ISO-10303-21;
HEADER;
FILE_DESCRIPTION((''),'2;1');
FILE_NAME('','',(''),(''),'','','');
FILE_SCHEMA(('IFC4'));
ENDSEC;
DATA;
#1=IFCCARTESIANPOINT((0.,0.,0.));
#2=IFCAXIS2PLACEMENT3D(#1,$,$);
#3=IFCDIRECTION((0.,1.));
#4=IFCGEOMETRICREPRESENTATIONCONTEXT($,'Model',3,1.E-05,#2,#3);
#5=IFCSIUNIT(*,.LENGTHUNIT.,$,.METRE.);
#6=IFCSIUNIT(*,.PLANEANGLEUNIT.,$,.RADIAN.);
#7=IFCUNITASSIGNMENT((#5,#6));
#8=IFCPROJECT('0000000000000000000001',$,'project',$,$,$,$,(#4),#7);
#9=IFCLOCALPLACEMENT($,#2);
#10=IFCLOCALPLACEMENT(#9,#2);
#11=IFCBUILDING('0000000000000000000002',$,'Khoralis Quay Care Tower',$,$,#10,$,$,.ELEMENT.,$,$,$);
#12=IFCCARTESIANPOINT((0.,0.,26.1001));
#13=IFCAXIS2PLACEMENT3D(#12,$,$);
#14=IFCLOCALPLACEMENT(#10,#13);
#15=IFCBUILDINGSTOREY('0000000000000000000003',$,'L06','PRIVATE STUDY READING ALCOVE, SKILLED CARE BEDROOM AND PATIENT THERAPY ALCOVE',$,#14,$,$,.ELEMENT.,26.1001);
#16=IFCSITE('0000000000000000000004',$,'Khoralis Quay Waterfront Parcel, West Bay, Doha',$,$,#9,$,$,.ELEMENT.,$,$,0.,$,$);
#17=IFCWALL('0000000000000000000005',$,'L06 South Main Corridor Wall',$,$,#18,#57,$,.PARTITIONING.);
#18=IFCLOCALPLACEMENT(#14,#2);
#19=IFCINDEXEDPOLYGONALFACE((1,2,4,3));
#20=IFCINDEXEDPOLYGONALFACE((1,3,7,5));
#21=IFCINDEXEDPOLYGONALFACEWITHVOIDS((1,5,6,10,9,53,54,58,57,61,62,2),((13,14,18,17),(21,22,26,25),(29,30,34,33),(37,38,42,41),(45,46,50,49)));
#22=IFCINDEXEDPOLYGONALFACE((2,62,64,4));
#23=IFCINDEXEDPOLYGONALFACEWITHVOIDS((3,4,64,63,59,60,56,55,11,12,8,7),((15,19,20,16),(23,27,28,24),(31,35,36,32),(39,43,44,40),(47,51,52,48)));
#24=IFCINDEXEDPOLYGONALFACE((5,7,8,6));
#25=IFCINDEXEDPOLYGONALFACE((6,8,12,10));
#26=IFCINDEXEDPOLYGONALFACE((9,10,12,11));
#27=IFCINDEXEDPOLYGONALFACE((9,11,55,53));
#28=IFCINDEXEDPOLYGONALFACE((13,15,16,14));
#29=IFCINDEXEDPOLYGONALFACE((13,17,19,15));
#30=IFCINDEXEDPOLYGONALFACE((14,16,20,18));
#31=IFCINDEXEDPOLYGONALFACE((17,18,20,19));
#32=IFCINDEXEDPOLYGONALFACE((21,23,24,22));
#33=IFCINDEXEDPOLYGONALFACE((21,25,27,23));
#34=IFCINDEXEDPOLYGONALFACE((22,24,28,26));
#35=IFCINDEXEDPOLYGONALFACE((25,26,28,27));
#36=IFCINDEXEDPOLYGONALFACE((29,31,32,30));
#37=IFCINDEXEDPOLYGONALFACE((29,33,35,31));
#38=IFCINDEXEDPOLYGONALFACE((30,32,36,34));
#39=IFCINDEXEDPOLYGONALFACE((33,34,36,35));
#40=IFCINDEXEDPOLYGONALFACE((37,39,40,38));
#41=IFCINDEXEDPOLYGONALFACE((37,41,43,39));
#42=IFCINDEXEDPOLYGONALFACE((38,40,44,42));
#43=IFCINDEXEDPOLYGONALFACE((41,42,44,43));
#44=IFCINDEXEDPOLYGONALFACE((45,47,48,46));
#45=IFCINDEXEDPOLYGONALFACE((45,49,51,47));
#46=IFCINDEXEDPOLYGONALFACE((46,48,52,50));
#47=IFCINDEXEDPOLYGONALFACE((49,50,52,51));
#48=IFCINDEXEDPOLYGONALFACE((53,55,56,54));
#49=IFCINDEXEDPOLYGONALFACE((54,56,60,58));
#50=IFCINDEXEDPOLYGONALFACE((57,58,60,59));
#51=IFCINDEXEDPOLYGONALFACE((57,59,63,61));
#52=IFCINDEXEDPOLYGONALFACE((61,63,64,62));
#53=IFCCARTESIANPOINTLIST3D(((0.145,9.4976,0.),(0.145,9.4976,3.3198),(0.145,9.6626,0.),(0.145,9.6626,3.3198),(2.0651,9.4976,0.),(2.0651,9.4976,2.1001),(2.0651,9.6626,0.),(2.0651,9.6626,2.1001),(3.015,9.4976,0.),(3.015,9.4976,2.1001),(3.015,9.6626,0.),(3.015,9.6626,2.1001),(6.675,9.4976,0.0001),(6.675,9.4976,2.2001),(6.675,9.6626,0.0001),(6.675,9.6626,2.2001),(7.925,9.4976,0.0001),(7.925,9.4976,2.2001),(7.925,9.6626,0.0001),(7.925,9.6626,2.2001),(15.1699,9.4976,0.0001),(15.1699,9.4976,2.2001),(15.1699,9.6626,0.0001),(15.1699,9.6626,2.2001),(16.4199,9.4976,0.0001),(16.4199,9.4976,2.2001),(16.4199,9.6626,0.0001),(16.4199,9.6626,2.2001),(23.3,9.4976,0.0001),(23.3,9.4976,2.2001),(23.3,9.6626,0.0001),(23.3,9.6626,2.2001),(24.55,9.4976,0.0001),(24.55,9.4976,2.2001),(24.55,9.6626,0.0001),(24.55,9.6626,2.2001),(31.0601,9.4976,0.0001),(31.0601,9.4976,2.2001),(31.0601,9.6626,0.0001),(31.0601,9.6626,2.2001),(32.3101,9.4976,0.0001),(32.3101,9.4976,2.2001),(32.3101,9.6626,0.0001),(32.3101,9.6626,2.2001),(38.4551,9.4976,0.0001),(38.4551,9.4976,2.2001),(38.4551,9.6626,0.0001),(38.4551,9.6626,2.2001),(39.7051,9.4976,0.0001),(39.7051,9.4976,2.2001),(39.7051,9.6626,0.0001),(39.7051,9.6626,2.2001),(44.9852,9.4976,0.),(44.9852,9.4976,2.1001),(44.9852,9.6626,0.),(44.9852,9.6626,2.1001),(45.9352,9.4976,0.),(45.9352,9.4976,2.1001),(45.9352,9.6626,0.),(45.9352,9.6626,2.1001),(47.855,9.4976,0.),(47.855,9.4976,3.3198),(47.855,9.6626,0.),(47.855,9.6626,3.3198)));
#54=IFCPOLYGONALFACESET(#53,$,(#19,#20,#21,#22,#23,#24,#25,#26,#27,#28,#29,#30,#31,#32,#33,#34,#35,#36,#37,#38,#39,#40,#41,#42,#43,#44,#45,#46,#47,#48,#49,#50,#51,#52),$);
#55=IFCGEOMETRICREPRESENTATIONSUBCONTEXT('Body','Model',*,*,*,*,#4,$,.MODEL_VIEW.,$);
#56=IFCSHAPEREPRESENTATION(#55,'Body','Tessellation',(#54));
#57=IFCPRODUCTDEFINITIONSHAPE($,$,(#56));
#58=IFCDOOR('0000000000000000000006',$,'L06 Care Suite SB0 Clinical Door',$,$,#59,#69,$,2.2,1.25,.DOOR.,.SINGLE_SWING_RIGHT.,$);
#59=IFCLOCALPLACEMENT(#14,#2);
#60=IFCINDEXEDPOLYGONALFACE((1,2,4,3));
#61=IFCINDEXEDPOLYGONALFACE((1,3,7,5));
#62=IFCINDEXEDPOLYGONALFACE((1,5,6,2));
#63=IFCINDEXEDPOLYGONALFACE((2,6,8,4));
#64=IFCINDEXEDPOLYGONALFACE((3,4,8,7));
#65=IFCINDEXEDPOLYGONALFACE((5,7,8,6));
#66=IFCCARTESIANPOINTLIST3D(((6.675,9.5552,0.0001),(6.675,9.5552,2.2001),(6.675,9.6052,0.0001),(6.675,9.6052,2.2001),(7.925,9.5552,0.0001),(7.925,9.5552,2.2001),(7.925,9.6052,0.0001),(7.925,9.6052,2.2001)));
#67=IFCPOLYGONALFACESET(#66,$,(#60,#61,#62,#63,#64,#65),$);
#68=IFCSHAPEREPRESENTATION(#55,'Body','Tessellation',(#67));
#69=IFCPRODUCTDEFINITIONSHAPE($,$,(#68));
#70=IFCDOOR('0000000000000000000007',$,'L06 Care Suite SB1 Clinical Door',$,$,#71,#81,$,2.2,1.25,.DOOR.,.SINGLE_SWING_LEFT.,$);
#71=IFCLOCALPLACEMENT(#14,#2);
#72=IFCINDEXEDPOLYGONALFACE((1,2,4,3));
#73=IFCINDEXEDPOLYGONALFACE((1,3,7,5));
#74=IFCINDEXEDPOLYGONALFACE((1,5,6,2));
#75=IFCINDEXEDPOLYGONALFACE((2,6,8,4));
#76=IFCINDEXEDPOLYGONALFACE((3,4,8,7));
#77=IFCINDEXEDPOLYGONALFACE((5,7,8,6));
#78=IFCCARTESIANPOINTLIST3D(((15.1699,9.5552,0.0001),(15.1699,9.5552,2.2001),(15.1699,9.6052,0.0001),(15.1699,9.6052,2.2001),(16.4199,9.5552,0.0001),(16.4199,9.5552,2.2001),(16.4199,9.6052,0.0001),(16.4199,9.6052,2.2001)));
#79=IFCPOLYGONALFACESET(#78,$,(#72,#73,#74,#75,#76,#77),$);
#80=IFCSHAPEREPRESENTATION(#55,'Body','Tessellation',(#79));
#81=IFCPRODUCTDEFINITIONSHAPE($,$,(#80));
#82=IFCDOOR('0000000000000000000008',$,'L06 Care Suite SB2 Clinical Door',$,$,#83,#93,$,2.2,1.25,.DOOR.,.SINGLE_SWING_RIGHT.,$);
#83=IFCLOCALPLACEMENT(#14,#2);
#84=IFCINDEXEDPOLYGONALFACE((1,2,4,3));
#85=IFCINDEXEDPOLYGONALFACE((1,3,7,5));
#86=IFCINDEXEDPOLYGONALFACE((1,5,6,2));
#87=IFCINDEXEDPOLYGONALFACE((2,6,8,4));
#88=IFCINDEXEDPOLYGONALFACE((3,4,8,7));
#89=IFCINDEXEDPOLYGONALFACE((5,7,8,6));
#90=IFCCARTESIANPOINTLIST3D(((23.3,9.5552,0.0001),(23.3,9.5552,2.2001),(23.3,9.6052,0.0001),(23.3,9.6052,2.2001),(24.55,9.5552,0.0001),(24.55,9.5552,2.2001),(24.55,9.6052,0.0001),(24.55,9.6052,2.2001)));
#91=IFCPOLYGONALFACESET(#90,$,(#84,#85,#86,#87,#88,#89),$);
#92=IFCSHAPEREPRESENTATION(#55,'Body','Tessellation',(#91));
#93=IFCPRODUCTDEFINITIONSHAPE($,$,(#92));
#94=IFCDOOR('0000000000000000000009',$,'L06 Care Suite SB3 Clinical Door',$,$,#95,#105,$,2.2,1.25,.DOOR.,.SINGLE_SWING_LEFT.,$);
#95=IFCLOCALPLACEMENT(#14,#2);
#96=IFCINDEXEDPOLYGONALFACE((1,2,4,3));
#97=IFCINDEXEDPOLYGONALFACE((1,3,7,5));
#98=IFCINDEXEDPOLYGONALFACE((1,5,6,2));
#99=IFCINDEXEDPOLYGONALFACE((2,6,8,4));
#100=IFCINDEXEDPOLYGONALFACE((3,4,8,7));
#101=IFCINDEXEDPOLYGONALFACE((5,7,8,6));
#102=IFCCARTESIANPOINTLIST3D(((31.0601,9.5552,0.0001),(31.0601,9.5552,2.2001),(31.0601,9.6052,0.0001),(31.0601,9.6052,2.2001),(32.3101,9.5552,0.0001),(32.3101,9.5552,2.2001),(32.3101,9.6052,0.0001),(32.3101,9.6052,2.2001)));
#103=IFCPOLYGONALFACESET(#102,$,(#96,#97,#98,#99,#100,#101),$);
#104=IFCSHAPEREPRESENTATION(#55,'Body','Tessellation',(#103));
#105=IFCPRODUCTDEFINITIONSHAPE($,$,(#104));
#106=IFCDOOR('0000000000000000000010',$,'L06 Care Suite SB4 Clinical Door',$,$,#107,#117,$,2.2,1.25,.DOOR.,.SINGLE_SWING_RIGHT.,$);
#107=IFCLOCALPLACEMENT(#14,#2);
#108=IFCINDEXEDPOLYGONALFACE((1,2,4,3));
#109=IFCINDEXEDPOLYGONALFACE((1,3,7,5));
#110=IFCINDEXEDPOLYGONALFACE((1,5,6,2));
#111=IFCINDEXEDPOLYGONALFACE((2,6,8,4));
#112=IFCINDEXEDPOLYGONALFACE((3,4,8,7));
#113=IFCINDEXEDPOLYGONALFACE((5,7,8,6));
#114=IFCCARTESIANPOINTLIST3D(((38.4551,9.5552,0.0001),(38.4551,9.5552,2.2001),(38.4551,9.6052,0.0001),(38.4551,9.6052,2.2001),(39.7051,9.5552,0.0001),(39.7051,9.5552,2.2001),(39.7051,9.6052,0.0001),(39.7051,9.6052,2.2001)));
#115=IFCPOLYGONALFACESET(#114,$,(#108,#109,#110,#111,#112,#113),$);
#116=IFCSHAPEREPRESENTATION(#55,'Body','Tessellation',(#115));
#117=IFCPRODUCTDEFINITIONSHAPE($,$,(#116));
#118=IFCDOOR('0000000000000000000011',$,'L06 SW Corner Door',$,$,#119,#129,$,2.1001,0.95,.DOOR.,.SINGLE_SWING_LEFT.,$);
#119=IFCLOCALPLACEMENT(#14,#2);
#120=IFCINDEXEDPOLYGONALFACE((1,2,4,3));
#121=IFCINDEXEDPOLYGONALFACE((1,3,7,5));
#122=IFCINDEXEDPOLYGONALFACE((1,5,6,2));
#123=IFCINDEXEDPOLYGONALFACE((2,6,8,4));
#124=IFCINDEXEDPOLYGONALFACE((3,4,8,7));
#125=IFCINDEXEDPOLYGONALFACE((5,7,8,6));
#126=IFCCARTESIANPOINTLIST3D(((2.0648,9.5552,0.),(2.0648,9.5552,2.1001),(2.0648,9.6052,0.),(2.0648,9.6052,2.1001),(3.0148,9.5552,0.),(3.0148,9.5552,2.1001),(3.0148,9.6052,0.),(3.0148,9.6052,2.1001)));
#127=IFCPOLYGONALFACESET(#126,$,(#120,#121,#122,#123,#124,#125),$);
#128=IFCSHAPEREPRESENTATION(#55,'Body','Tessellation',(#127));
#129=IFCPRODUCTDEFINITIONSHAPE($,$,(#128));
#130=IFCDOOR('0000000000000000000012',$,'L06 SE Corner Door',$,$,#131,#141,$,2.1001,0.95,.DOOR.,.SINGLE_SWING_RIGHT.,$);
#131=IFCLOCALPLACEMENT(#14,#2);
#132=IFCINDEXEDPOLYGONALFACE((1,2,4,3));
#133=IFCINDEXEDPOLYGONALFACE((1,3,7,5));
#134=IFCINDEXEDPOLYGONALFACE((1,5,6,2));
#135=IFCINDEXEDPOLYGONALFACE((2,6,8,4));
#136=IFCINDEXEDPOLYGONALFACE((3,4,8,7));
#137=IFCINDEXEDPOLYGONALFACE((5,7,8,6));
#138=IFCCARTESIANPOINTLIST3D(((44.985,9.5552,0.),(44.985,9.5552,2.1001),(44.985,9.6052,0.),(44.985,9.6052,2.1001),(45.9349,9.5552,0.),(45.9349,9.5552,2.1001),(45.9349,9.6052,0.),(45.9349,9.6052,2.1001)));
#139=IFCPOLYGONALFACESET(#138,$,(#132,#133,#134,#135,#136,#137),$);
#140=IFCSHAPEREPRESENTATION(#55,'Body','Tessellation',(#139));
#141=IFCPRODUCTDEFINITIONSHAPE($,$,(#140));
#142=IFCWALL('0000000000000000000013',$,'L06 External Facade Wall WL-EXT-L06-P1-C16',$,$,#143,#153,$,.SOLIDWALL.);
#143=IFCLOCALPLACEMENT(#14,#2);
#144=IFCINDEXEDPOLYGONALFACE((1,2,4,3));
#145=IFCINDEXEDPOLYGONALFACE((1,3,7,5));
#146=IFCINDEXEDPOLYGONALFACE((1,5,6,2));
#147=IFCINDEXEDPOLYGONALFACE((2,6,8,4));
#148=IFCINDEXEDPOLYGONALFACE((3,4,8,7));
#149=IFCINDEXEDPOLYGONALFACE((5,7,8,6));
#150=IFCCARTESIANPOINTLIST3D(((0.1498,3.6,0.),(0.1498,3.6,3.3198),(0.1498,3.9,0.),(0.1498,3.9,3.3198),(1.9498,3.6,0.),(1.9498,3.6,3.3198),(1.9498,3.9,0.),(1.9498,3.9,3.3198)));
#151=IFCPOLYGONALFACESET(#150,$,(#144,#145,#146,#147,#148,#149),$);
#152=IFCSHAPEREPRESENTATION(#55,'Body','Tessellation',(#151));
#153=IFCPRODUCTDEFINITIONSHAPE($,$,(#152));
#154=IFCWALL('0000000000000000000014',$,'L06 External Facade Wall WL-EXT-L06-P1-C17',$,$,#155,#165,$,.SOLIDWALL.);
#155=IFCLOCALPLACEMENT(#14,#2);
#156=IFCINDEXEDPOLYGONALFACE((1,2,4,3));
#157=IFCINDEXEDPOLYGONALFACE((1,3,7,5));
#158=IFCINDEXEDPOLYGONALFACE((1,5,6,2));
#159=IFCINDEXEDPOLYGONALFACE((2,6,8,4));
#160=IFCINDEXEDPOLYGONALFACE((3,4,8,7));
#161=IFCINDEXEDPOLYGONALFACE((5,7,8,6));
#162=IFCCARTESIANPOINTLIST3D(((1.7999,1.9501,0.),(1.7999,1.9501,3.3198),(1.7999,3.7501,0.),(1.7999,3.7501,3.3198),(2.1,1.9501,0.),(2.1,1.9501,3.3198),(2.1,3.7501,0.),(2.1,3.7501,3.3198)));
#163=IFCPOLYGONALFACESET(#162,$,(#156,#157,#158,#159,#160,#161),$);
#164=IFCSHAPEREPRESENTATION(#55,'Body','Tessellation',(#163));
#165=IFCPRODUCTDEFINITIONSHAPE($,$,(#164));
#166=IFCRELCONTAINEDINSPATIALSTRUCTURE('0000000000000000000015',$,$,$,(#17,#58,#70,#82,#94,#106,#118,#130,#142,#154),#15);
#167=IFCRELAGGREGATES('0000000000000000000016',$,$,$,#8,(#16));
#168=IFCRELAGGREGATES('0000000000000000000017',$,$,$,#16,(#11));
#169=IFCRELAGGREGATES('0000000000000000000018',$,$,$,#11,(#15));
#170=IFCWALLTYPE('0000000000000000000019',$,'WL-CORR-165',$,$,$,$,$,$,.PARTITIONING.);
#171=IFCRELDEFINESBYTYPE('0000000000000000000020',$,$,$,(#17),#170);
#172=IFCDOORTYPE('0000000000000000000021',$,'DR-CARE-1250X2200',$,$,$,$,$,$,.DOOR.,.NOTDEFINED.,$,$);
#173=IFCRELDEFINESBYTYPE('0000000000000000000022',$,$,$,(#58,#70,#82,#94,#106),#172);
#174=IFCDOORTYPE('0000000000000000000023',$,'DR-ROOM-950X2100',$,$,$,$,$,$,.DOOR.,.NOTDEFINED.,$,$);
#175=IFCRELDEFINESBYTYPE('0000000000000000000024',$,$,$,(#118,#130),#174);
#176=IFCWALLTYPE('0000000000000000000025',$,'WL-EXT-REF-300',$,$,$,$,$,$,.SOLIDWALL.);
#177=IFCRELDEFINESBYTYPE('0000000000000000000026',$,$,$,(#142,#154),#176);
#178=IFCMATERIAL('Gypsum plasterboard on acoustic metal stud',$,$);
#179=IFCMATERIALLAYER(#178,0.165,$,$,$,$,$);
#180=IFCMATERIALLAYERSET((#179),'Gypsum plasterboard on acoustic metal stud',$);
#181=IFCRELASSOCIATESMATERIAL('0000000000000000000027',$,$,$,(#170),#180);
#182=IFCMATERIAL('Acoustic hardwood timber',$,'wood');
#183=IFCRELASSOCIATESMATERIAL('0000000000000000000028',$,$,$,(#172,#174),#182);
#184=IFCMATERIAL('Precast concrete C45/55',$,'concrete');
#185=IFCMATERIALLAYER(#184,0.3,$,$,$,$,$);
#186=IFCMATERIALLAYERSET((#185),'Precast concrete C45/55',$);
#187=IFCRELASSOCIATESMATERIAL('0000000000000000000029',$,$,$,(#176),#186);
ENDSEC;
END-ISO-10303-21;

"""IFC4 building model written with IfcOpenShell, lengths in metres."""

from ifc_helpers import new_model, si_unit, direction, frame, frame_2d, origin, place, context, subcontext, project, spatial, rectangle, extrude, source, transform, mapped, material, layer, layer_set, type_object, element, fill, save


model = new_model("IFC4")

# Units and contexts
model_context = context("Model", 3, precision=1e-05, world=origin(), true_north=direction((0.0, 1.0)))
body_context = subcontext(model_context, "Body", "Model", "MODEL_VIEW")
ifc_project = project(units=[si_unit("LENGTHUNIT", "METRE"), si_unit("PLANEANGLEUNIT", "RADIAN")], contexts=[model_context])

# Site, building, storey
site_placement = place(None, origin())
site = spatial("IfcSite", under=ifc_project, at=site_placement, Name="Khoralis Quay Waterfront Parcel, West Bay, Doha", CompositionType="ELEMENT", RefElevation=0.0)
building_placement = place(site_placement, origin())
building = spatial("IfcBuilding", under=site, at=building_placement, Name="Khoralis Quay Care Tower", CompositionType="ELEMENT")
storey_placement = place(building_placement, frame((0.0, 0.0, 26.1001)))
storey = spatial("IfcBuildingStorey", under=building, at=storey_placement, Name="L06", Description="PRIVATE STUDY READING ALCOVE, SKILLED CARE BEDROOM AND PATIENT THERAPY ALCOVE", CompositionType="ELEMENT", Elevation=26.1001)

# Wall, openings, doors
ifc_material_1 = material(Name="Gypsum plasterboard on acoustic metal stud")
ifc_layer_1 = layer(ifc_material_1, 0.165)
ifc_layer_set_1 = layer_set([ifc_layer_1], Name="Gypsum plasterboard on acoustic metal stud")
wall_type_1 = type_object("IfcWallType", Name="WL-CORR-165", PredefinedType="PARTITIONING", material=ifc_layer_set_1)
wall_1_placement = place(storey_placement, frame((0.145, 9.5801, 0.0), z_axis=(0.0, 0.0, 1.0), x_axis=(1.0, 0.0, 0.0)))
wall_1 = element("IfcWall", 1, at=wall_1_placement, inside=storey, type_object=wall_type_1, Name="L06 South Main Corridor Wall", PredefinedType="PARTITIONING", context=body_context, shape_type="SweptSolid", body=[
    extrude(rectangle(XDim=47.71, YDim=0.165, at=frame_2d((23.855, 0.0))), origin(), (0.0, 0.0, 1.0), 3.3198),
])
opening_1_placement = place(wall_1_placement, frame((6.53, 0.0, 0.0)))
opening_1 = element("IfcOpeningElement", 2, at=opening_1_placement, cuts=wall_1, PredefinedType="OPENING", context=body_context, shape_type="SweptSolid", body=[
    extrude(rectangle(XDim=1.25, YDim=2.2, at=frame_2d((0.625, 1.1001))), frame((0.0, 0.0925, 0.0), z_axis=(0.0, -1.0, 0.0), x_axis=(1.0, 0.0, 0.0)), (0.0, 0.0, 1.0), 0.1851),
])
opening_2_placement = place(wall_1_placement, frame((15.0249, 0.0, 0.0)))
opening_2 = element("IfcOpeningElement", 3, at=opening_2_placement, cuts=wall_1, PredefinedType="OPENING", context=body_context, shape_type="SweptSolid", body=[
    extrude(rectangle(XDim=1.25, YDim=2.2, at=frame_2d((0.625, 1.1001))), frame((0.0, 0.0925, 0.0), z_axis=(0.0, -1.0, 0.0), x_axis=(1.0, 0.0, 0.0)), (0.0, 0.0, 1.0), 0.1851),
])
opening_3_placement = place(wall_1_placement, frame((23.155, 0.0, 0.0)))
opening_3 = element("IfcOpeningElement", 4, at=opening_3_placement, cuts=wall_1, PredefinedType="OPENING", context=body_context, shape_type="SweptSolid", body=[
    extrude(rectangle(XDim=1.25, YDim=2.2, at=frame_2d((0.625, 1.1001))), frame((0.0, 0.0925, 0.0), z_axis=(0.0, -1.0, 0.0), x_axis=(1.0, 0.0, 0.0)), (0.0, 0.0, 1.0), 0.1851),
])
opening_4_placement = place(wall_1_placement, frame((30.915, 0.0, 0.0)))
opening_4 = element("IfcOpeningElement", 5, at=opening_4_placement, cuts=wall_1, PredefinedType="OPENING", context=body_context, shape_type="SweptSolid", body=[
    extrude(rectangle(XDim=1.25, YDim=2.2, at=frame_2d((0.625, 1.1001))), frame((0.0, 0.0925, 0.0), z_axis=(0.0, -1.0, 0.0), x_axis=(1.0, 0.0, 0.0)), (0.0, 0.0, 1.0), 0.1851),
])
opening_5_placement = place(wall_1_placement, frame((38.3101, 0.0, 0.0)))
opening_5 = element("IfcOpeningElement", 6, at=opening_5_placement, cuts=wall_1, PredefinedType="OPENING", context=body_context, shape_type="SweptSolid", body=[
    extrude(rectangle(XDim=1.25, YDim=2.2, at=frame_2d((0.625, 1.1001))), frame((0.0, 0.0925, 0.0), z_axis=(0.0, -1.0, 0.0), x_axis=(1.0, 0.0, 0.0)), (0.0, 0.0, 1.0), 0.1851),
])
opening_6_placement = place(wall_1_placement, frame((1.9199, 0.0, 0.0)))
opening_6 = element("IfcOpeningElement", 7, at=opening_6_placement, cuts=wall_1, PredefinedType="OPENING", context=body_context, shape_type="SweptSolid", body=[
    extrude(rectangle(XDim=0.95, YDim=2.1001, at=frame_2d((0.4751, 1.05))), frame((0.0, 0.0925, 0.0), z_axis=(0.0, -1.0, 0.0), x_axis=(1.0, 0.0, 0.0)), (0.0, 0.0, 1.0), 0.1851),
])
opening_7_placement = place(wall_1_placement, frame((44.8401, 0.0, 0.0)))
opening_7 = element("IfcOpeningElement", 8, at=opening_7_placement, cuts=wall_1, PredefinedType="OPENING", context=body_context, shape_type="SweptSolid", body=[
    extrude(rectangle(XDim=0.95, YDim=2.1001, at=frame_2d((0.4751, 1.05))), frame((0.0, 0.0925, 0.0), z_axis=(0.0, -1.0, 0.0), x_axis=(1.0, 0.0, 0.0)), (0.0, 0.0, 1.0), 0.1851),
])
ifc_material_2 = material(Name="Acoustic hardwood timber", Category="wood")
door_type_1 = type_object("IfcDoorType", Name="DR-CARE-1250X2200", OperationType="NOTDEFINED", PredefinedType="DOOR", material=ifc_material_2)
shared_shape_1 = source(origin(), body_context, "Body", "SweptSolid", [
    extrude(rectangle(XDim=1.25, YDim=2.2, at=frame_2d((0.625, 1.1001))), frame((0.0, 0.0249, 0.0), z_axis=(0.0, -1.0, 0.0), x_axis=(1.0, 0.0, 0.0)), (0.0, 0.0, 1.0), 0.05),
])
door_1_placement = place(opening_1_placement, frame((1.25, 0.0, 0.0), z_axis=(0.0, 0.0, 1.0), x_axis=(-1.0, 0.0, 0.0)))
door_1 = element("IfcDoor", 9, at=door_1_placement, inside=storey, type_object=door_type_1, Name="L06 Care Suite SB0 Clinical Door", OperationType="SINGLE_SWING_RIGHT", OverallHeight=2.2, OverallWidth=1.25, PredefinedType="DOOR", context=body_context, shape_type="MappedRepresentation", body=[
    mapped(shared_shape_1, transform((0.0, 0.0, 0.0), scale=1.0)),
])
fill(opening_1, door_1)
door_2_placement = place(opening_2_placement, frame((1.25, 0.0, 0.0), z_axis=(0.0, 0.0, 1.0), x_axis=(-1.0, 0.0, 0.0)))
door_2 = element("IfcDoor", 10, at=door_2_placement, inside=storey, type_object=door_type_1, Name="L06 Care Suite SB1 Clinical Door", OperationType="SINGLE_SWING_LEFT", OverallHeight=2.2, OverallWidth=1.25, PredefinedType="DOOR", context=body_context, shape_type="MappedRepresentation", body=[
    mapped(shared_shape_1, transform((0.0, 0.0, 0.0), scale=1.0)),
])
fill(opening_2, door_2)
door_3_placement = place(opening_3_placement, frame((1.25, 0.0, 0.0), z_axis=(0.0, 0.0, 1.0), x_axis=(-1.0, 0.0, 0.0)))
door_3 = element("IfcDoor", 11, at=door_3_placement, inside=storey, type_object=door_type_1, Name="L06 Care Suite SB2 Clinical Door", OperationType="SINGLE_SWING_RIGHT", OverallHeight=2.2, OverallWidth=1.25, PredefinedType="DOOR", context=body_context, shape_type="MappedRepresentation", body=[
    mapped(shared_shape_1, transform((0.0, 0.0, 0.0), scale=1.0)),
])
fill(opening_3, door_3)
door_4_placement = place(opening_4_placement, frame((1.25, 0.0, 0.0), z_axis=(0.0, 0.0, 1.0), x_axis=(-1.0, 0.0, 0.0)))
door_4 = element("IfcDoor", 12, at=door_4_placement, inside=storey, type_object=door_type_1, Name="L06 Care Suite SB3 Clinical Door", OperationType="SINGLE_SWING_LEFT", OverallHeight=2.2, OverallWidth=1.25, PredefinedType="DOOR", context=body_context, shape_type="MappedRepresentation", body=[
    mapped(shared_shape_1, transform((0.0, 0.0, 0.0), scale=1.0)),
])
fill(opening_4, door_4)
door_5_placement = place(opening_5_placement, frame((1.25, 0.0, 0.0), z_axis=(0.0, 0.0, 1.0), x_axis=(-1.0, 0.0, 0.0)))
door_5 = element("IfcDoor", 13, at=door_5_placement, inside=storey, type_object=door_type_1, Name="L06 Care Suite SB4 Clinical Door", OperationType="SINGLE_SWING_RIGHT", OverallHeight=2.2, OverallWidth=1.25, PredefinedType="DOOR", context=body_context, shape_type="MappedRepresentation", body=[
    mapped(shared_shape_1, transform((0.0, 0.0, 0.0), scale=1.0)),
])
fill(opening_5, door_5)
door_type_2 = type_object("IfcDoorType", Name="DR-ROOM-950X2100", OperationType="NOTDEFINED", PredefinedType="DOOR", material=ifc_material_2)
shared_shape_2 = source(origin(), body_context, "Body", "SweptSolid", [
    extrude(rectangle(XDim=0.95, YDim=2.1001, at=frame_2d((0.4751, 1.05))), frame((0.0, 0.0249, 0.0), z_axis=(0.0, -1.0, 0.0), x_axis=(1.0, 0.0, 0.0)), (0.0, 0.0, 1.0), 0.05),
])
door_6_placement = place(opening_6_placement, frame((0.95, 0.0, 0.0), z_axis=(0.0, 0.0, 1.0), x_axis=(-1.0, 0.0, 0.0)))
door_6 = element("IfcDoor", 14, at=door_6_placement, inside=storey, type_object=door_type_2, Name="L06 SW Corner Door", OperationType="SINGLE_SWING_LEFT", OverallHeight=2.1001, OverallWidth=0.95, PredefinedType="DOOR", context=body_context, shape_type="MappedRepresentation", body=[
    mapped(shared_shape_2, transform((0.0, 0.0, 0.0), scale=1.0)),
])
fill(opening_6, door_6)
door_7_placement = place(opening_7_placement, frame((0.95, 0.0, 0.0), z_axis=(0.0, 0.0, 1.0), x_axis=(-1.0, 0.0, 0.0)))
door_7 = element("IfcDoor", 15, at=door_7_placement, inside=storey, type_object=door_type_2, Name="L06 SE Corner Door", OperationType="SINGLE_SWING_RIGHT", OverallHeight=2.1001, OverallWidth=0.95, PredefinedType="DOOR", context=body_context, shape_type="MappedRepresentation", body=[
    mapped(shared_shape_2, transform((0.0, 0.0, 0.0), scale=1.0)),
])
fill(opening_7, door_7)

# Walls
ifc_material_3 = material(Name="Precast concrete C45/55", Category="concrete")
ifc_layer_2 = layer(ifc_material_3, 0.3)
ifc_layer_set_2 = layer_set([ifc_layer_2], Name="Precast concrete C45/55")
wall_type_2 = type_object("IfcWallType", Name="WL-EXT-REF-300", PredefinedType="SOLIDWALL", material=ifc_layer_set_2)
for number, where, z_axis, x_axis, name in (
    (16, (0.1499, 3.75, 0.0), (0.0, 0.0, 1.0), (1.0, 0.0, 0.0), "L06 External Facade Wall WL-EXT-L06-P1-C16"),
    (17, (1.95, 3.75, 0.0), (0.0, 0.0, 1.0), (0.0, -1.0, 0.0), "L06 External Facade Wall WL-EXT-L06-P1-C17"),
):
    element("IfcWall", number, at=place(storey_placement, frame(where, z_axis=z_axis, x_axis=x_axis)), inside=storey, type_object=wall_type_2, Name=name, PredefinedType="SOLIDWALL", context=body_context, shape_type="SweptSolid", body=[
        extrude(rectangle(XDim=1.8, YDim=0.3, at=frame_2d((0.8999, 0.0))), origin(), (0.0, 0.0, 1.0), 3.3198),
    ])

save(model, "model.ifc")
